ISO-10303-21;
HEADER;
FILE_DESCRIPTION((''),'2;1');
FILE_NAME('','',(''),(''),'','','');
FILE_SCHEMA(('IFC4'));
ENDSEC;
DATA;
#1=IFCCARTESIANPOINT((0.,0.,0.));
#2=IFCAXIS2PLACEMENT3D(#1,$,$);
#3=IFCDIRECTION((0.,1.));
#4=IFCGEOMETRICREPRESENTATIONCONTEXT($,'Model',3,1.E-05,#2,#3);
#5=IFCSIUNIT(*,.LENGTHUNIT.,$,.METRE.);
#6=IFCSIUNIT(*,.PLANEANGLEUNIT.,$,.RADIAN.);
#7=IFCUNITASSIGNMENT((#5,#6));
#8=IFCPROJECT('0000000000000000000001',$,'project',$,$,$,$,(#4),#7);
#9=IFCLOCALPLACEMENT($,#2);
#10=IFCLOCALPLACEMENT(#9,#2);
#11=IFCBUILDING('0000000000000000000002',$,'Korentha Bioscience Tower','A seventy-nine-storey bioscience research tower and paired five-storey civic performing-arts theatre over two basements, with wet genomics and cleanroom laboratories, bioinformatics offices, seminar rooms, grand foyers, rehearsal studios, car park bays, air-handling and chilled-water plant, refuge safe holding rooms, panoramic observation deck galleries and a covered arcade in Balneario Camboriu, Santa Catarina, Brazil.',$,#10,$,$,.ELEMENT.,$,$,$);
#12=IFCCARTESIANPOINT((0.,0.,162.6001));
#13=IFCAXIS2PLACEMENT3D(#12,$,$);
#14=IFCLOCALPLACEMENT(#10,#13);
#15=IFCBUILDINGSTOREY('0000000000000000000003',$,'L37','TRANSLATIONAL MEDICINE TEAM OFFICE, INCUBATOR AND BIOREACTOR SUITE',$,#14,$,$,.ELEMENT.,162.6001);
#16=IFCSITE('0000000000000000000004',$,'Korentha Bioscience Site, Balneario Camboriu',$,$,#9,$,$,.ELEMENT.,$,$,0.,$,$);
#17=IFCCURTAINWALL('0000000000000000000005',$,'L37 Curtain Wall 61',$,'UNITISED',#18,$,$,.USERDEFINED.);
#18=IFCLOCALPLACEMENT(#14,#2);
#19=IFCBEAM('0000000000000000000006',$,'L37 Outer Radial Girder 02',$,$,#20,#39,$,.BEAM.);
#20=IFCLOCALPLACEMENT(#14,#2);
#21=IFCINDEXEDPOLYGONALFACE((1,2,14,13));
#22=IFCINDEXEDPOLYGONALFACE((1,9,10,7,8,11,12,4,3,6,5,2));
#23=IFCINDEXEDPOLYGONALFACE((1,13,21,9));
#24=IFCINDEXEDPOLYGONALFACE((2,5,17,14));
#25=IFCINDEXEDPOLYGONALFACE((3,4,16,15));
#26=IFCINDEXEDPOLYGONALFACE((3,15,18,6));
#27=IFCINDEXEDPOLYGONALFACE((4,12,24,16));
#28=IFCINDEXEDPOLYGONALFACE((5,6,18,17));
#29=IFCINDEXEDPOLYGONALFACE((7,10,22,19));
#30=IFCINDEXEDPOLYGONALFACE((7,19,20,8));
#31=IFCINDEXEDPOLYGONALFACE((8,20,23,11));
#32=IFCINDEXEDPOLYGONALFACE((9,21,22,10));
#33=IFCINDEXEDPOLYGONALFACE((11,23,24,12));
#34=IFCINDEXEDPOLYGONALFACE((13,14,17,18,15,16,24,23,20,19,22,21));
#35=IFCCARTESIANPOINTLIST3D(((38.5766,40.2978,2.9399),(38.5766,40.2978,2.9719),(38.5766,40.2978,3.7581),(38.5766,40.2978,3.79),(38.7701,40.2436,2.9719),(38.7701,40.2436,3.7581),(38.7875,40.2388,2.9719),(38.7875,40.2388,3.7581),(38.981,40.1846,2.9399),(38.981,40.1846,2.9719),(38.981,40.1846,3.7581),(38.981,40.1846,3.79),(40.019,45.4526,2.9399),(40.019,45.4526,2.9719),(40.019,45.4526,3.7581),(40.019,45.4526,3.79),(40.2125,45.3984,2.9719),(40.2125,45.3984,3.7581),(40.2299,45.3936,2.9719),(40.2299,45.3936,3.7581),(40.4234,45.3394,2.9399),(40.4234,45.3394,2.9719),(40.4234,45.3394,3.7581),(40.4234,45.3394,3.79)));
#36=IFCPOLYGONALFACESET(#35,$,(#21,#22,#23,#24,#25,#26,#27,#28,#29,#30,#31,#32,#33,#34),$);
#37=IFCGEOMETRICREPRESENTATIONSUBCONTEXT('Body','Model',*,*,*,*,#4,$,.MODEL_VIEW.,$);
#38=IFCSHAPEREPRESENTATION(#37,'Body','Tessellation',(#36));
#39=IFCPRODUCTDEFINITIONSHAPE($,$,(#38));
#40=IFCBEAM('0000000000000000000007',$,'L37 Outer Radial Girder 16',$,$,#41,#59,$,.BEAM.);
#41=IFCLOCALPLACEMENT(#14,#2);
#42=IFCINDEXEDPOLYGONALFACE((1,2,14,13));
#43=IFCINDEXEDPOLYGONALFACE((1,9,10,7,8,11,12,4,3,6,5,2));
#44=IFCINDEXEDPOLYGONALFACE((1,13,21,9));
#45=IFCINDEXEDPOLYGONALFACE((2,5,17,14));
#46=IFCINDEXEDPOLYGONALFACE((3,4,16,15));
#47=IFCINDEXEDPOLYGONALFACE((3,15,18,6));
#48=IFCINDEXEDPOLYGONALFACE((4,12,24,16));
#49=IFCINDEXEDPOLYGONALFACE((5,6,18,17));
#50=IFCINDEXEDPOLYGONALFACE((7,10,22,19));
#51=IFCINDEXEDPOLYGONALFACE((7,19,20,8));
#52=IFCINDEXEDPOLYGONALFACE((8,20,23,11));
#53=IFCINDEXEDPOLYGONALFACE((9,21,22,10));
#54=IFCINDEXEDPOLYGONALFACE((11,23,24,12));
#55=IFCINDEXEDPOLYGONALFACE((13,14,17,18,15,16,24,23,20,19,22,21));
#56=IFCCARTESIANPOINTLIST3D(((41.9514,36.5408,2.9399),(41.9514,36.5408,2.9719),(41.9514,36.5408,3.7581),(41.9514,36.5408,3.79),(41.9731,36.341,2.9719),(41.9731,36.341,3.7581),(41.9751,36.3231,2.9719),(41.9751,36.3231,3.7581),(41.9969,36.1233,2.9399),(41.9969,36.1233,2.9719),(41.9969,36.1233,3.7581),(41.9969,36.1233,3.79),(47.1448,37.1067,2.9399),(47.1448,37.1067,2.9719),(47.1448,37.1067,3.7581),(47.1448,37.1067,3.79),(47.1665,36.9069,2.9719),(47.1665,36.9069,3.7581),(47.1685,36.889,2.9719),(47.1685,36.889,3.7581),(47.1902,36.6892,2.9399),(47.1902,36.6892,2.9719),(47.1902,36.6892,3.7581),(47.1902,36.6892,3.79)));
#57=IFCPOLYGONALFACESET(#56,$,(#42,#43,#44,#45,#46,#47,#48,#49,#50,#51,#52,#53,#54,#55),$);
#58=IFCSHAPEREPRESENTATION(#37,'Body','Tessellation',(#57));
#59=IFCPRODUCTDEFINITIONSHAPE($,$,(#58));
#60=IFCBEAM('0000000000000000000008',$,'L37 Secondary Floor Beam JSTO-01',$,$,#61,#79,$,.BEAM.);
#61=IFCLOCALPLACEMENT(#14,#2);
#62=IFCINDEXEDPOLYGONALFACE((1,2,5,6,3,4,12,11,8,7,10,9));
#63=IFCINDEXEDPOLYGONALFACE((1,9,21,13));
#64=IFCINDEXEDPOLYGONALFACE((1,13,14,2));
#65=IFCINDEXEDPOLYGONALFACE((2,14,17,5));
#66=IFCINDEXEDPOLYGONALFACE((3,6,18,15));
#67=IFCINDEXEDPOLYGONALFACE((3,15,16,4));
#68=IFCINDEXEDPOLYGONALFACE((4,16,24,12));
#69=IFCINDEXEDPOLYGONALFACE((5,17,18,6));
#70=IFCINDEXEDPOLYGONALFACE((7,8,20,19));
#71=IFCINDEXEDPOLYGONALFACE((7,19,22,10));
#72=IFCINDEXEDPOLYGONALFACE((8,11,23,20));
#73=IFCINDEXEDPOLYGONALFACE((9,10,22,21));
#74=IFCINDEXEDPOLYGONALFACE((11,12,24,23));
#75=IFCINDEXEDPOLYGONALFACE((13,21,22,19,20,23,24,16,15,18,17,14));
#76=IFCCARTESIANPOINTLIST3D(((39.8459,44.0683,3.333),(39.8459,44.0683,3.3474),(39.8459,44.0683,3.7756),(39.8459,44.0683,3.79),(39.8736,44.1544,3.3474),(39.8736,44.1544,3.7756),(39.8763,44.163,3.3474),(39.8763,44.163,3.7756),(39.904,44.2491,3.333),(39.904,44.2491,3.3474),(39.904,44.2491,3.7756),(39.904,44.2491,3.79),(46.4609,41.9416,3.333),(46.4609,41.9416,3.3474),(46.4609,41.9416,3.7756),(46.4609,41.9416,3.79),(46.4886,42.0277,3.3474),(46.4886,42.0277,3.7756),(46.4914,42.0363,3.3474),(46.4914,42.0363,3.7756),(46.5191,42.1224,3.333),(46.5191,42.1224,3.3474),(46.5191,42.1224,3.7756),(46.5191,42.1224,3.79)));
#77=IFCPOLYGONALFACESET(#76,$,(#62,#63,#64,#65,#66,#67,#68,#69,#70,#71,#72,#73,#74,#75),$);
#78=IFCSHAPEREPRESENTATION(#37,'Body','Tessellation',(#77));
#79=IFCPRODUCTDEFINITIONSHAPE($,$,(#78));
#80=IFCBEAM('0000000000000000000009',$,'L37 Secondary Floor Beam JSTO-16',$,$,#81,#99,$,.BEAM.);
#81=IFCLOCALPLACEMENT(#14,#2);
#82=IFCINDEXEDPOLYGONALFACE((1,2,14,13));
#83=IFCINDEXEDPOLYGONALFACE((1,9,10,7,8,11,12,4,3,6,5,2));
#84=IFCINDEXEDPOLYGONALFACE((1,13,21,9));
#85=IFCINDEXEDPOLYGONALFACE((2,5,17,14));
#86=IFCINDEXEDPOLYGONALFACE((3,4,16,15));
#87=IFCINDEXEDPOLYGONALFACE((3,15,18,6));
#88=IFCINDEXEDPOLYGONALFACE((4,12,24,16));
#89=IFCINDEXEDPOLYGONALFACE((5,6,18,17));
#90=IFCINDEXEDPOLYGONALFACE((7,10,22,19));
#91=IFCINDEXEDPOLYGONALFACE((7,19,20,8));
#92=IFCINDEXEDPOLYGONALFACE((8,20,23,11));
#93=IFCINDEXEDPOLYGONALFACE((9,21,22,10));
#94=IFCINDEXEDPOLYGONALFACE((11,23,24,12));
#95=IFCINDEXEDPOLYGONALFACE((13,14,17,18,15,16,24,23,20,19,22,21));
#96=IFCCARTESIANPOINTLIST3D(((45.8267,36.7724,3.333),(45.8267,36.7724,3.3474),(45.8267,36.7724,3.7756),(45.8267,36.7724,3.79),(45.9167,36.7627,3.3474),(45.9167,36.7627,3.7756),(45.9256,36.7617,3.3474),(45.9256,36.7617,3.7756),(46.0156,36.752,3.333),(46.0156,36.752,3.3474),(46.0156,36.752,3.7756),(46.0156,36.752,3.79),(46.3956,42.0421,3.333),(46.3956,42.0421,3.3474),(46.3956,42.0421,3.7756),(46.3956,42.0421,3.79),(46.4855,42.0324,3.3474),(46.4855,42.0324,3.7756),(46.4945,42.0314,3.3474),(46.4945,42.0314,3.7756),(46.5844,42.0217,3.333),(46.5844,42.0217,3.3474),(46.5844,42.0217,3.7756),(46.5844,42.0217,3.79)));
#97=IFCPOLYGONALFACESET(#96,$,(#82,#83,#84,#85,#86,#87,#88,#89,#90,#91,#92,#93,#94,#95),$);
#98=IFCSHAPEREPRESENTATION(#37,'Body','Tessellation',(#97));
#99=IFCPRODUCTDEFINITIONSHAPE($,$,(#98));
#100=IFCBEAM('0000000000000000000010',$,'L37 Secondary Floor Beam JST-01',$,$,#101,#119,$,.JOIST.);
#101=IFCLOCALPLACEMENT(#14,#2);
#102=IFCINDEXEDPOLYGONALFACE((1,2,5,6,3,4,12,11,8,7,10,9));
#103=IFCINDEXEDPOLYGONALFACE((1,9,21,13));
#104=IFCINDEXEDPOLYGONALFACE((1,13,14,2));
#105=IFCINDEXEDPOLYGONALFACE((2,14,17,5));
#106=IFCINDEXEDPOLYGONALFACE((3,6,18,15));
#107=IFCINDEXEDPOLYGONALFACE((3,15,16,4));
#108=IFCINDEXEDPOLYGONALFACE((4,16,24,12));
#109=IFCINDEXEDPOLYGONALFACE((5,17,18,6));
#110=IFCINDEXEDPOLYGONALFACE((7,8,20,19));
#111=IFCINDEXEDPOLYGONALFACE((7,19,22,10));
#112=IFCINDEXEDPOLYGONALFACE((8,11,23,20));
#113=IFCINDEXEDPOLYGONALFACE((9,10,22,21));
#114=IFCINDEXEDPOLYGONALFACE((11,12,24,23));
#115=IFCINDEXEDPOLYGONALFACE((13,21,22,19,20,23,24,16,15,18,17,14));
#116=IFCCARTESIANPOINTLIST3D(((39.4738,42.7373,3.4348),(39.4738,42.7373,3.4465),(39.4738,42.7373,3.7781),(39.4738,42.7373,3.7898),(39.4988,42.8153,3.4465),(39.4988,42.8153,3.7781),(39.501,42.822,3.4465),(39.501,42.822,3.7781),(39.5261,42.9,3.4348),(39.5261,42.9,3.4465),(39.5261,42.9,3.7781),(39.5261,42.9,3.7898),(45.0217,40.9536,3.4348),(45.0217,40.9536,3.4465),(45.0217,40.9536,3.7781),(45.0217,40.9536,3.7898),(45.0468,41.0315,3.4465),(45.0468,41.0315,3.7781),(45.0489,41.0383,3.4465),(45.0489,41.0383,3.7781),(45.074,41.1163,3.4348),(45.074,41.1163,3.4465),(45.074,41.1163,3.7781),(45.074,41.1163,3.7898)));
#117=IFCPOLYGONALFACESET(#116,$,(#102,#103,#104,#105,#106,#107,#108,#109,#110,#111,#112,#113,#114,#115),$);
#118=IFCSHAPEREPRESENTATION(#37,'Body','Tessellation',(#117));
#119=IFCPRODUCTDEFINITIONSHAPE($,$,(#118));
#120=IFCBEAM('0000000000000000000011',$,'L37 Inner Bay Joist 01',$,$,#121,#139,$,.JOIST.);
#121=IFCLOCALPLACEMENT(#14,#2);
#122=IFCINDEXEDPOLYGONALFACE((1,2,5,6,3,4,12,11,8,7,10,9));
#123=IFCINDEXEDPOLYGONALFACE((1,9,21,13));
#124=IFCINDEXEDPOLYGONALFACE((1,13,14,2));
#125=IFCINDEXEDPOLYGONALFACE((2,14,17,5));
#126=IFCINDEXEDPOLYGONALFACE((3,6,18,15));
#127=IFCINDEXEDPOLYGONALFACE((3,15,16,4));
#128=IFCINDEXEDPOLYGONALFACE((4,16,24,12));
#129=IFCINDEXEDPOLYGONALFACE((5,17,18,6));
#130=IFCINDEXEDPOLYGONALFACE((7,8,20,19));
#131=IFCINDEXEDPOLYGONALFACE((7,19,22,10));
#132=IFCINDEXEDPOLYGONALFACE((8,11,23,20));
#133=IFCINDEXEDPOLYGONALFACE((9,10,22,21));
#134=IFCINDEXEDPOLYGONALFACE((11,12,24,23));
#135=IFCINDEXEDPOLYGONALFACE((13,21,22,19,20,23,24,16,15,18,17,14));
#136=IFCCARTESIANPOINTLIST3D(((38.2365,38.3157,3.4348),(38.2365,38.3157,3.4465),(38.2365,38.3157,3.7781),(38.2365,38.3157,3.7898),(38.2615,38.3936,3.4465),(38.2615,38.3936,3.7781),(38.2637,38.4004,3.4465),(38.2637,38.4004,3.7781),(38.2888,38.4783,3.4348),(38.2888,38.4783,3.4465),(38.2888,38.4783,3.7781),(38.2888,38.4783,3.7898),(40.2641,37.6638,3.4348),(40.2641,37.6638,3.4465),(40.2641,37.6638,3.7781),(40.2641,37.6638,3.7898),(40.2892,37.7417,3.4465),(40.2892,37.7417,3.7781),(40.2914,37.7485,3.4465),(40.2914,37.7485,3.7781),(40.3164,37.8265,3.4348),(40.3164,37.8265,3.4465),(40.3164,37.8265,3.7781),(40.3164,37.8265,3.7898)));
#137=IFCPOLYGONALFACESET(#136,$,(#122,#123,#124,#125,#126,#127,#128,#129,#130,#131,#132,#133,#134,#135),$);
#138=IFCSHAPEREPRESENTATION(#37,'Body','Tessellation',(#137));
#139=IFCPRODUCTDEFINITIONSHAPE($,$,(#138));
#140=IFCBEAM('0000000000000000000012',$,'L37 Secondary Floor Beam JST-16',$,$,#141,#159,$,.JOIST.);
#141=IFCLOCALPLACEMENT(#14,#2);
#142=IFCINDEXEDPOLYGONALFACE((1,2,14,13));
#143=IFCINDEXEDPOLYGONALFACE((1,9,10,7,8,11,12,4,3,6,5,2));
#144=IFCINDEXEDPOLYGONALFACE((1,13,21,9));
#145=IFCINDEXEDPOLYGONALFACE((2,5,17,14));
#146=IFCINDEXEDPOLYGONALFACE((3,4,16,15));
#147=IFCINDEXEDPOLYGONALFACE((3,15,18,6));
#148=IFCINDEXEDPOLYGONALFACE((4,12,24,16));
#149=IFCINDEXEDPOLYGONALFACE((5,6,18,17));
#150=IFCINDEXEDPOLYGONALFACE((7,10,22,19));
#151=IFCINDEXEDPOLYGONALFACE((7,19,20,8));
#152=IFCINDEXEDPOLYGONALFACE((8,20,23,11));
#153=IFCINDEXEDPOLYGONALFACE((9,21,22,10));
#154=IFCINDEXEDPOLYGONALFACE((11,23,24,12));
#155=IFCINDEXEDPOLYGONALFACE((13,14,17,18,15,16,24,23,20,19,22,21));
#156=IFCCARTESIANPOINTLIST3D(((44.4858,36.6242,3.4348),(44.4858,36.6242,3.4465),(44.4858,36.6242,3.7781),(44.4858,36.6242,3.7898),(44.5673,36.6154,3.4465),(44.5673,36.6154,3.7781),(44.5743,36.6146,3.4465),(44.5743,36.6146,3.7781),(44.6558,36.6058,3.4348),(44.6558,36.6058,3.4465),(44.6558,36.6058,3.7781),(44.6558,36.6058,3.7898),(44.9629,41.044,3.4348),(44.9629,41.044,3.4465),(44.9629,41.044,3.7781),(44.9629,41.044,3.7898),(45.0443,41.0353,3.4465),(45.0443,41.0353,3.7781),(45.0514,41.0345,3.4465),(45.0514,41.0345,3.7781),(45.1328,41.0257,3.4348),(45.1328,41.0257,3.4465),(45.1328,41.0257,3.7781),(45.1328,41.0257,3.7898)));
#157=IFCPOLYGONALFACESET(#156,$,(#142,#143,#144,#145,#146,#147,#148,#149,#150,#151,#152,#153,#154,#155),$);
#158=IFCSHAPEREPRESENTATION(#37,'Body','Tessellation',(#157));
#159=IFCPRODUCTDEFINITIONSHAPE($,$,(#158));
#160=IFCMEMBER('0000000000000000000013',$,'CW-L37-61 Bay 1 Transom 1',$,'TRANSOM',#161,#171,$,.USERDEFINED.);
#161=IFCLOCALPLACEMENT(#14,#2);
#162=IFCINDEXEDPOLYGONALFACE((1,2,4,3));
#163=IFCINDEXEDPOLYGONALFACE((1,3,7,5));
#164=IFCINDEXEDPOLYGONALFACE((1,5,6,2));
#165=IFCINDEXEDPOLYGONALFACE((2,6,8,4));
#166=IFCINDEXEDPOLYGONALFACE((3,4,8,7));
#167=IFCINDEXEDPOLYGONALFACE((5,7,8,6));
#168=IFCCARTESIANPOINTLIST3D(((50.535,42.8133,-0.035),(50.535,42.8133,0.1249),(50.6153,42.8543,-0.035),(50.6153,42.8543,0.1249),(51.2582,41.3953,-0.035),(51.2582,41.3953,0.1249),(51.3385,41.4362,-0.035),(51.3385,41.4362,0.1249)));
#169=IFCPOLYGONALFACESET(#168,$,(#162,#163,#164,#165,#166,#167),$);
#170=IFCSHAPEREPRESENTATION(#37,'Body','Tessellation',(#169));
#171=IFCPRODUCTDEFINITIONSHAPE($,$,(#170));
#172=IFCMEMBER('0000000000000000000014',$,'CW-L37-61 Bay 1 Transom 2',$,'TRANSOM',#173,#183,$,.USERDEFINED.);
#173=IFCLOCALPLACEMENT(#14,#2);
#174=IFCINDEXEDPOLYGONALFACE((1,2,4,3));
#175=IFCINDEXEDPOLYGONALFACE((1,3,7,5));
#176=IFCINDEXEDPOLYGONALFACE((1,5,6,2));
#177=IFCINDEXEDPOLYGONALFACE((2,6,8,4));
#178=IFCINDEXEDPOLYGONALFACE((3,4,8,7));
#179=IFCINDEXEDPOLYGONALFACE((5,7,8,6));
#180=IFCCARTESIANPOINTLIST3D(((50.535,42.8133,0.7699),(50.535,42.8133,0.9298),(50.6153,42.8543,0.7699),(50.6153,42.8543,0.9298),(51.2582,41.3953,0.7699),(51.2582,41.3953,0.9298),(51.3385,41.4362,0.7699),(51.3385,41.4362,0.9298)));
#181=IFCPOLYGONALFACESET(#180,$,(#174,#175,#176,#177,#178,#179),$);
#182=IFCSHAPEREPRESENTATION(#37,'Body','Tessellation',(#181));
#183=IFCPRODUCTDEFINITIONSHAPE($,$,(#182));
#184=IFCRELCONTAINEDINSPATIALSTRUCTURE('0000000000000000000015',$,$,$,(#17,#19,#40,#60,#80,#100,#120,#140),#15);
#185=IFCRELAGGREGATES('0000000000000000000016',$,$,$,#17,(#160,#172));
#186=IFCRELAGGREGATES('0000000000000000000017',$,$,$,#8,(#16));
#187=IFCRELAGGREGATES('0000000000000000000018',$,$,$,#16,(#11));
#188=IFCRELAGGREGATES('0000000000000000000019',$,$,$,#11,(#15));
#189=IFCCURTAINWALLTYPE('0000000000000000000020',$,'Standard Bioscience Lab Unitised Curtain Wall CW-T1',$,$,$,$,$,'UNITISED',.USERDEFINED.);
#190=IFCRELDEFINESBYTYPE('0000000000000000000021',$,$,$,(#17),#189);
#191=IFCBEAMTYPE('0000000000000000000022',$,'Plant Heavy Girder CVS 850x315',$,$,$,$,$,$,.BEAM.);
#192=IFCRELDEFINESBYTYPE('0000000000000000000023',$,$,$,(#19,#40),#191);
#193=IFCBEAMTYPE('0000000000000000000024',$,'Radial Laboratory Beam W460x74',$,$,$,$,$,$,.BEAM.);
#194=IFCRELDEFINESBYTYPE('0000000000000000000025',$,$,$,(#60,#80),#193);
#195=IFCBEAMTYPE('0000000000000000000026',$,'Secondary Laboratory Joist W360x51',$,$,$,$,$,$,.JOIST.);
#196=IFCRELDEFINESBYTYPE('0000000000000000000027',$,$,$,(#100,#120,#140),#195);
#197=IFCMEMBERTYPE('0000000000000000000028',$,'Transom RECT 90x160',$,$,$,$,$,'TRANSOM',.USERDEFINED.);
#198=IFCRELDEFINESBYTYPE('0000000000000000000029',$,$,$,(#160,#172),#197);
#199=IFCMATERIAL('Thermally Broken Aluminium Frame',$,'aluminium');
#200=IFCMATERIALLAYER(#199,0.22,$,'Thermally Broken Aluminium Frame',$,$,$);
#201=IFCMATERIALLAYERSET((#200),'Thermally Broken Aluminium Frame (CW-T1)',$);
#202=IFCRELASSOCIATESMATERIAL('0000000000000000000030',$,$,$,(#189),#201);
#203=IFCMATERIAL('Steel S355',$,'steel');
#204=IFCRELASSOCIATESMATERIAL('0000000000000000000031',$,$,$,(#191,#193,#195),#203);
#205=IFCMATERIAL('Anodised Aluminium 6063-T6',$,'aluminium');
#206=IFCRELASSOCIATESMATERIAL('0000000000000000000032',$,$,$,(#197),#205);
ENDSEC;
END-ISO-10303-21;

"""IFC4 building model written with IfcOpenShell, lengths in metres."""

from ifc_helpers import new_model, si_unit, direction, frame, origin, origin_2d, place, context, subcontext, project, spatial, rectangle, i_section, extrude, material, layer, layer_set, material_profile, profile_set, type_object, element, aggregate, save


model = new_model("IFC4")

# Units and contexts
model_context = context("Model", 3, precision=1e-05, world=origin(), true_north=direction((0.0, 1.0)))
body_context = subcontext(model_context, "Body", "Model", "MODEL_VIEW")
ifc_project = project(units=[si_unit("LENGTHUNIT", "METRE"), si_unit("PLANEANGLEUNIT", "RADIAN")], contexts=[model_context])

# Site, building, storey
site_placement = place(None, origin())
site = spatial("IfcSite", under=ifc_project, at=site_placement, Name="Korentha Bioscience Site, Balneario Camboriu", CompositionType="ELEMENT", RefElevation=0.0)
building_placement = place(site_placement, origin())
building = spatial("IfcBuilding", under=site, at=building_placement, Name="Korentha Bioscience Tower", Description="A seventy-nine-storey bioscience research tower and paired five-storey civic performing-arts theatre over two basements, with wet genomics and cleanroom laboratories, bioinformatics offices, seminar rooms, grand foyers, rehearsal studios, car park bays, air-handling and chilled-water plant, refuge safe holding rooms, panoramic observation deck galleries and a covered arcade in Balneario Camboriu, Santa Catarina, Brazil.", CompositionType="ELEMENT")
storey_placement = place(building_placement, frame((0.0, 0.0, 162.6001)))
storey = spatial("IfcBuildingStorey", under=building, at=storey_placement, Name="L37", Description="TRANSLATIONAL MEDICINE TEAM OFFICE, INCUBATOR AND BIOREACTOR SUITE", CompositionType="ELEMENT", Elevation=162.6001)

# Shared definitions
ifc_material_1 = material(Name="Steel S355", Category="steel")

# Curtain wall
ifc_material_2 = material(Name="Thermally Broken Aluminium Frame", Category="aluminium")
ifc_layer_1 = layer(ifc_material_2, 0.22, Name="Thermally Broken Aluminium Frame")
ifc_layer_set_1 = layer_set([ifc_layer_1], Name="Thermally Broken Aluminium Frame (CW-T1)")
curtain_wall_type = type_object("IfcCurtainWallType", Name="Standard Bioscience Lab Unitised Curtain Wall CW-T1", ElementType="UNITISED", PredefinedType="USERDEFINED", material=ifc_layer_set_1)
curtain_wall_placement = place(storey_placement, origin())
curtain_wall = element("IfcCurtainWall", 1, at=curtain_wall_placement, inside=storey, type_object=curtain_wall_type, Name="L37 Curtain Wall 61", ObjectType="UNITISED", PredefinedType="USERDEFINED")
ifc_material_3 = material(Name="Anodised Aluminium 6063-T6", Category="aluminium")

# Beams
ifc_material_profile_1 = material_profile(ifc_material_1, i_section(OverallWidth=0.4199, OverallDepth=0.8501, WebThickness=0.0181, FlangeThickness=0.032, at=origin_2d()), Name="Steel S355")
ifc_profile_set_1 = profile_set([ifc_material_profile_1], Name="Steel S355 (MB-850)")
beam_type_1 = type_object("IfcBeamType", Name="Plant Heavy Girder CVS 850x315", PredefinedType="BEAM", material=ifc_profile_set_1)
beam_1_placement = place(storey_placement, frame((38.7788, 40.2412, 3.365), z_axis=(0.269464, 0.96301, 0.0), x_axis=(-0.96301, 0.269464, 0.0)))
element("IfcBeam", 2, at=beam_1_placement, inside=storey, type_object=beam_type_1, Name="L37 Outer Radial Girder 02", PredefinedType="BEAM", context=body_context, shape_type="SweptSolid", body=[
    extrude(i_section(OverallWidth=0.4199, OverallDepth=0.8501, WebThickness=0.0181, FlangeThickness=0.032, at=origin_2d()), origin(), (0.0, 0.0, 1.0), 5.3528),
])
beam_2_placement = place(storey_placement, frame((41.9741, 36.332, 3.365), z_axis=(0.994115, 0.108328, 0.0), x_axis=(-0.108328, 0.994115, 0.0)))
element("IfcBeam", 3, at=beam_2_placement, inside=storey, type_object=beam_type_1, Name="L37 Outer Radial Girder 16", PredefinedType="BEAM", context=body_context, shape_type="SweptSolid", body=[
    extrude(i_section(OverallWidth=0.4199, OverallDepth=0.8501, WebThickness=0.0181, FlangeThickness=0.032, at=origin_2d()), origin(), (0.0, 0.0, 1.0), 5.2241),
])
ifc_material_profile_2 = material_profile(ifc_material_1, i_section(OverallWidth=0.1899, OverallDepth=0.457, WebThickness=0.009, FlangeThickness=0.0144, at=origin_2d()), Name="Steel S355")
ifc_profile_set_2 = profile_set([ifc_material_profile_2], Name="Steel S355 (RB-460)")
beam_type_2 = type_object("IfcBeamType", Name="Radial Laboratory Beam W460x74", PredefinedType="BEAM", material=ifc_profile_set_2)
beam_3_placement = place(storey_placement, frame((46.49, 42.032, 3.5615), z_axis=(-0.952009, 0.306069, 0.0), x_axis=(-0.306069, -0.952009, 0.0)))
element("IfcBeam", 4, at=beam_3_placement, inside=storey, type_object=beam_type_2, Name="L37 Secondary Floor Beam JSTO-01", PredefinedType="BEAM", context=body_context, shape_type="SweptSolid", body=[
    extrude(i_section(OverallWidth=0.1899, OverallDepth=0.457, WebThickness=0.009, FlangeThickness=0.0144, at=origin_2d()), origin(), (0.0, 0.0, 1.0), 6.9485),
])
beam_4_placement = place(storey_placement, frame((45.9211, 36.7622, 3.5615), z_axis=(0.107322, 0.994224, 0.0), x_axis=(-0.994224, 0.107322, 0.0)))
element("IfcBeam", 5, at=beam_4_placement, inside=storey, type_object=beam_type_2, Name="L37 Secondary Floor Beam JSTO-16", PredefinedType="BEAM", context=body_context, shape_type="SweptSolid", body=[
    extrude(i_section(OverallWidth=0.1899, OverallDepth=0.457, WebThickness=0.009, FlangeThickness=0.0144, at=origin_2d()), origin(), (0.0, 0.0, 1.0), 5.3003),
])
ifc_material_profile_3 = material_profile(ifc_material_1, i_section(OverallWidth=0.1709, OverallDepth=0.355, WebThickness=0.0071, FlangeThickness=0.0117, at=origin_2d()), Name="Steel S355")
ifc_profile_set_3 = profile_set([ifc_material_profile_3], Name="Steel S355 (JB-360)")
beam_type_3 = type_object("IfcBeamType", Name="Secondary Laboratory Joist W360x51", PredefinedType="JOIST", material=ifc_profile_set_3)
beam_5_placement = place(storey_placement, frame((45.0479, 41.0349, 3.6123), z_axis=(-0.952006, 0.30608, 0.0), x_axis=(-0.30608, -0.952006, 0.0)))
element("IfcBeam", 6, at=beam_5_placement, inside=storey, type_object=beam_type_3, Name="L37 Secondary Floor Beam JST-01", PredefinedType="JOIST", context=body_context, shape_type="SweptSolid", body=[
    extrude(i_section(OverallWidth=0.1709, OverallDepth=0.355, WebThickness=0.0071, FlangeThickness=0.0117, at=origin_2d()), origin(), (0.0, 0.0, 1.0), 5.8276),
])
beam_6_placement = place(storey_placement, frame((40.2903, 37.7451, 3.6123), z_axis=(-0.952011, 0.306065, 0.0), x_axis=(-0.306065, -0.952011, 0.0)))
element("IfcBeam", 7, at=beam_6_placement, inside=storey, type_object=beam_type_3, Name="L37 Inner Bay Joist 01", PredefinedType="JOIST", context=body_context, shape_type="SweptSolid", body=[
    extrude(i_section(OverallWidth=0.1709, OverallDepth=0.355, WebThickness=0.0071, FlangeThickness=0.0117, at=origin_2d()), origin(), (0.0, 0.0, 1.0), 2.1299),
])
beam_7_placement = place(storey_placement, frame((44.5708, 36.615, 3.6123), z_axis=(0.107309, 0.994226, 0.0), x_axis=(-0.994226, 0.107309, 0.0)))
element("IfcBeam", 8, at=beam_7_placement, inside=storey, type_object=beam_type_3, Name="L37 Secondary Floor Beam JST-16", PredefinedType="JOIST", context=body_context, shape_type="SweptSolid", body=[
    extrude(i_section(OverallWidth=0.1709, OverallDepth=0.355, WebThickness=0.0071, FlangeThickness=0.0117, at=origin_2d()), origin(), (0.0, 0.0, 1.0), 4.4456),
])

# Members
ifc_material_profile_4 = material_profile(ifc_material_3, rectangle(XDim=0.0901, YDim=0.1599, at=origin_2d()), Name="Anodised Aluminium 6063-T6")
ifc_profile_set_4 = profile_set([ifc_material_profile_4], Name="Anodised Aluminium 6063-T6 (CW-TRN)")
member_type_1 = type_object("IfcMemberType", Name="Transom RECT 90x160", ElementType="TRANSOM", PredefinedType="USERDEFINED", material=ifc_profile_set_4)
member_1_placement = place(storey_placement, frame((51.2983, 41.4158, 0.0449), z_axis=(-0.454316, 0.89084, 0.0), x_axis=(-0.89084, -0.454316, 0.0)))
member_1 = element("IfcMember", 9, at=member_1_placement, type_object=member_type_1, Name="CW-L37-61 Bay 1 Transom 1", ObjectType="TRANSOM", PredefinedType="USERDEFINED", context=body_context, shape_type="SweptSolid", body=[
    extrude(rectangle(XDim=0.0901, YDim=0.1599, at=origin_2d()), origin(), (0.0, 0.0, 1.0), 1.5918),
])
member_2_placement = place(storey_placement, frame((51.2983, 41.4158, 0.8499), z_axis=(-0.454316, 0.89084, 0.0), x_axis=(-0.89084, -0.454316, 0.0)))
member_2 = element("IfcMember", 10, at=member_2_placement, type_object=member_type_1, Name="CW-L37-61 Bay 1 Transom 2", ObjectType="TRANSOM", PredefinedType="USERDEFINED", context=body_context, shape_type="SweptSolid", body=[
    extrude(rectangle(XDim=0.0901, YDim=0.1599, at=origin_2d()), origin(), (0.0, 0.0, 1.0), 1.5918),
])
aggregate(curtain_wall, [member_1, member_2])

save(model, "model.ifc")
